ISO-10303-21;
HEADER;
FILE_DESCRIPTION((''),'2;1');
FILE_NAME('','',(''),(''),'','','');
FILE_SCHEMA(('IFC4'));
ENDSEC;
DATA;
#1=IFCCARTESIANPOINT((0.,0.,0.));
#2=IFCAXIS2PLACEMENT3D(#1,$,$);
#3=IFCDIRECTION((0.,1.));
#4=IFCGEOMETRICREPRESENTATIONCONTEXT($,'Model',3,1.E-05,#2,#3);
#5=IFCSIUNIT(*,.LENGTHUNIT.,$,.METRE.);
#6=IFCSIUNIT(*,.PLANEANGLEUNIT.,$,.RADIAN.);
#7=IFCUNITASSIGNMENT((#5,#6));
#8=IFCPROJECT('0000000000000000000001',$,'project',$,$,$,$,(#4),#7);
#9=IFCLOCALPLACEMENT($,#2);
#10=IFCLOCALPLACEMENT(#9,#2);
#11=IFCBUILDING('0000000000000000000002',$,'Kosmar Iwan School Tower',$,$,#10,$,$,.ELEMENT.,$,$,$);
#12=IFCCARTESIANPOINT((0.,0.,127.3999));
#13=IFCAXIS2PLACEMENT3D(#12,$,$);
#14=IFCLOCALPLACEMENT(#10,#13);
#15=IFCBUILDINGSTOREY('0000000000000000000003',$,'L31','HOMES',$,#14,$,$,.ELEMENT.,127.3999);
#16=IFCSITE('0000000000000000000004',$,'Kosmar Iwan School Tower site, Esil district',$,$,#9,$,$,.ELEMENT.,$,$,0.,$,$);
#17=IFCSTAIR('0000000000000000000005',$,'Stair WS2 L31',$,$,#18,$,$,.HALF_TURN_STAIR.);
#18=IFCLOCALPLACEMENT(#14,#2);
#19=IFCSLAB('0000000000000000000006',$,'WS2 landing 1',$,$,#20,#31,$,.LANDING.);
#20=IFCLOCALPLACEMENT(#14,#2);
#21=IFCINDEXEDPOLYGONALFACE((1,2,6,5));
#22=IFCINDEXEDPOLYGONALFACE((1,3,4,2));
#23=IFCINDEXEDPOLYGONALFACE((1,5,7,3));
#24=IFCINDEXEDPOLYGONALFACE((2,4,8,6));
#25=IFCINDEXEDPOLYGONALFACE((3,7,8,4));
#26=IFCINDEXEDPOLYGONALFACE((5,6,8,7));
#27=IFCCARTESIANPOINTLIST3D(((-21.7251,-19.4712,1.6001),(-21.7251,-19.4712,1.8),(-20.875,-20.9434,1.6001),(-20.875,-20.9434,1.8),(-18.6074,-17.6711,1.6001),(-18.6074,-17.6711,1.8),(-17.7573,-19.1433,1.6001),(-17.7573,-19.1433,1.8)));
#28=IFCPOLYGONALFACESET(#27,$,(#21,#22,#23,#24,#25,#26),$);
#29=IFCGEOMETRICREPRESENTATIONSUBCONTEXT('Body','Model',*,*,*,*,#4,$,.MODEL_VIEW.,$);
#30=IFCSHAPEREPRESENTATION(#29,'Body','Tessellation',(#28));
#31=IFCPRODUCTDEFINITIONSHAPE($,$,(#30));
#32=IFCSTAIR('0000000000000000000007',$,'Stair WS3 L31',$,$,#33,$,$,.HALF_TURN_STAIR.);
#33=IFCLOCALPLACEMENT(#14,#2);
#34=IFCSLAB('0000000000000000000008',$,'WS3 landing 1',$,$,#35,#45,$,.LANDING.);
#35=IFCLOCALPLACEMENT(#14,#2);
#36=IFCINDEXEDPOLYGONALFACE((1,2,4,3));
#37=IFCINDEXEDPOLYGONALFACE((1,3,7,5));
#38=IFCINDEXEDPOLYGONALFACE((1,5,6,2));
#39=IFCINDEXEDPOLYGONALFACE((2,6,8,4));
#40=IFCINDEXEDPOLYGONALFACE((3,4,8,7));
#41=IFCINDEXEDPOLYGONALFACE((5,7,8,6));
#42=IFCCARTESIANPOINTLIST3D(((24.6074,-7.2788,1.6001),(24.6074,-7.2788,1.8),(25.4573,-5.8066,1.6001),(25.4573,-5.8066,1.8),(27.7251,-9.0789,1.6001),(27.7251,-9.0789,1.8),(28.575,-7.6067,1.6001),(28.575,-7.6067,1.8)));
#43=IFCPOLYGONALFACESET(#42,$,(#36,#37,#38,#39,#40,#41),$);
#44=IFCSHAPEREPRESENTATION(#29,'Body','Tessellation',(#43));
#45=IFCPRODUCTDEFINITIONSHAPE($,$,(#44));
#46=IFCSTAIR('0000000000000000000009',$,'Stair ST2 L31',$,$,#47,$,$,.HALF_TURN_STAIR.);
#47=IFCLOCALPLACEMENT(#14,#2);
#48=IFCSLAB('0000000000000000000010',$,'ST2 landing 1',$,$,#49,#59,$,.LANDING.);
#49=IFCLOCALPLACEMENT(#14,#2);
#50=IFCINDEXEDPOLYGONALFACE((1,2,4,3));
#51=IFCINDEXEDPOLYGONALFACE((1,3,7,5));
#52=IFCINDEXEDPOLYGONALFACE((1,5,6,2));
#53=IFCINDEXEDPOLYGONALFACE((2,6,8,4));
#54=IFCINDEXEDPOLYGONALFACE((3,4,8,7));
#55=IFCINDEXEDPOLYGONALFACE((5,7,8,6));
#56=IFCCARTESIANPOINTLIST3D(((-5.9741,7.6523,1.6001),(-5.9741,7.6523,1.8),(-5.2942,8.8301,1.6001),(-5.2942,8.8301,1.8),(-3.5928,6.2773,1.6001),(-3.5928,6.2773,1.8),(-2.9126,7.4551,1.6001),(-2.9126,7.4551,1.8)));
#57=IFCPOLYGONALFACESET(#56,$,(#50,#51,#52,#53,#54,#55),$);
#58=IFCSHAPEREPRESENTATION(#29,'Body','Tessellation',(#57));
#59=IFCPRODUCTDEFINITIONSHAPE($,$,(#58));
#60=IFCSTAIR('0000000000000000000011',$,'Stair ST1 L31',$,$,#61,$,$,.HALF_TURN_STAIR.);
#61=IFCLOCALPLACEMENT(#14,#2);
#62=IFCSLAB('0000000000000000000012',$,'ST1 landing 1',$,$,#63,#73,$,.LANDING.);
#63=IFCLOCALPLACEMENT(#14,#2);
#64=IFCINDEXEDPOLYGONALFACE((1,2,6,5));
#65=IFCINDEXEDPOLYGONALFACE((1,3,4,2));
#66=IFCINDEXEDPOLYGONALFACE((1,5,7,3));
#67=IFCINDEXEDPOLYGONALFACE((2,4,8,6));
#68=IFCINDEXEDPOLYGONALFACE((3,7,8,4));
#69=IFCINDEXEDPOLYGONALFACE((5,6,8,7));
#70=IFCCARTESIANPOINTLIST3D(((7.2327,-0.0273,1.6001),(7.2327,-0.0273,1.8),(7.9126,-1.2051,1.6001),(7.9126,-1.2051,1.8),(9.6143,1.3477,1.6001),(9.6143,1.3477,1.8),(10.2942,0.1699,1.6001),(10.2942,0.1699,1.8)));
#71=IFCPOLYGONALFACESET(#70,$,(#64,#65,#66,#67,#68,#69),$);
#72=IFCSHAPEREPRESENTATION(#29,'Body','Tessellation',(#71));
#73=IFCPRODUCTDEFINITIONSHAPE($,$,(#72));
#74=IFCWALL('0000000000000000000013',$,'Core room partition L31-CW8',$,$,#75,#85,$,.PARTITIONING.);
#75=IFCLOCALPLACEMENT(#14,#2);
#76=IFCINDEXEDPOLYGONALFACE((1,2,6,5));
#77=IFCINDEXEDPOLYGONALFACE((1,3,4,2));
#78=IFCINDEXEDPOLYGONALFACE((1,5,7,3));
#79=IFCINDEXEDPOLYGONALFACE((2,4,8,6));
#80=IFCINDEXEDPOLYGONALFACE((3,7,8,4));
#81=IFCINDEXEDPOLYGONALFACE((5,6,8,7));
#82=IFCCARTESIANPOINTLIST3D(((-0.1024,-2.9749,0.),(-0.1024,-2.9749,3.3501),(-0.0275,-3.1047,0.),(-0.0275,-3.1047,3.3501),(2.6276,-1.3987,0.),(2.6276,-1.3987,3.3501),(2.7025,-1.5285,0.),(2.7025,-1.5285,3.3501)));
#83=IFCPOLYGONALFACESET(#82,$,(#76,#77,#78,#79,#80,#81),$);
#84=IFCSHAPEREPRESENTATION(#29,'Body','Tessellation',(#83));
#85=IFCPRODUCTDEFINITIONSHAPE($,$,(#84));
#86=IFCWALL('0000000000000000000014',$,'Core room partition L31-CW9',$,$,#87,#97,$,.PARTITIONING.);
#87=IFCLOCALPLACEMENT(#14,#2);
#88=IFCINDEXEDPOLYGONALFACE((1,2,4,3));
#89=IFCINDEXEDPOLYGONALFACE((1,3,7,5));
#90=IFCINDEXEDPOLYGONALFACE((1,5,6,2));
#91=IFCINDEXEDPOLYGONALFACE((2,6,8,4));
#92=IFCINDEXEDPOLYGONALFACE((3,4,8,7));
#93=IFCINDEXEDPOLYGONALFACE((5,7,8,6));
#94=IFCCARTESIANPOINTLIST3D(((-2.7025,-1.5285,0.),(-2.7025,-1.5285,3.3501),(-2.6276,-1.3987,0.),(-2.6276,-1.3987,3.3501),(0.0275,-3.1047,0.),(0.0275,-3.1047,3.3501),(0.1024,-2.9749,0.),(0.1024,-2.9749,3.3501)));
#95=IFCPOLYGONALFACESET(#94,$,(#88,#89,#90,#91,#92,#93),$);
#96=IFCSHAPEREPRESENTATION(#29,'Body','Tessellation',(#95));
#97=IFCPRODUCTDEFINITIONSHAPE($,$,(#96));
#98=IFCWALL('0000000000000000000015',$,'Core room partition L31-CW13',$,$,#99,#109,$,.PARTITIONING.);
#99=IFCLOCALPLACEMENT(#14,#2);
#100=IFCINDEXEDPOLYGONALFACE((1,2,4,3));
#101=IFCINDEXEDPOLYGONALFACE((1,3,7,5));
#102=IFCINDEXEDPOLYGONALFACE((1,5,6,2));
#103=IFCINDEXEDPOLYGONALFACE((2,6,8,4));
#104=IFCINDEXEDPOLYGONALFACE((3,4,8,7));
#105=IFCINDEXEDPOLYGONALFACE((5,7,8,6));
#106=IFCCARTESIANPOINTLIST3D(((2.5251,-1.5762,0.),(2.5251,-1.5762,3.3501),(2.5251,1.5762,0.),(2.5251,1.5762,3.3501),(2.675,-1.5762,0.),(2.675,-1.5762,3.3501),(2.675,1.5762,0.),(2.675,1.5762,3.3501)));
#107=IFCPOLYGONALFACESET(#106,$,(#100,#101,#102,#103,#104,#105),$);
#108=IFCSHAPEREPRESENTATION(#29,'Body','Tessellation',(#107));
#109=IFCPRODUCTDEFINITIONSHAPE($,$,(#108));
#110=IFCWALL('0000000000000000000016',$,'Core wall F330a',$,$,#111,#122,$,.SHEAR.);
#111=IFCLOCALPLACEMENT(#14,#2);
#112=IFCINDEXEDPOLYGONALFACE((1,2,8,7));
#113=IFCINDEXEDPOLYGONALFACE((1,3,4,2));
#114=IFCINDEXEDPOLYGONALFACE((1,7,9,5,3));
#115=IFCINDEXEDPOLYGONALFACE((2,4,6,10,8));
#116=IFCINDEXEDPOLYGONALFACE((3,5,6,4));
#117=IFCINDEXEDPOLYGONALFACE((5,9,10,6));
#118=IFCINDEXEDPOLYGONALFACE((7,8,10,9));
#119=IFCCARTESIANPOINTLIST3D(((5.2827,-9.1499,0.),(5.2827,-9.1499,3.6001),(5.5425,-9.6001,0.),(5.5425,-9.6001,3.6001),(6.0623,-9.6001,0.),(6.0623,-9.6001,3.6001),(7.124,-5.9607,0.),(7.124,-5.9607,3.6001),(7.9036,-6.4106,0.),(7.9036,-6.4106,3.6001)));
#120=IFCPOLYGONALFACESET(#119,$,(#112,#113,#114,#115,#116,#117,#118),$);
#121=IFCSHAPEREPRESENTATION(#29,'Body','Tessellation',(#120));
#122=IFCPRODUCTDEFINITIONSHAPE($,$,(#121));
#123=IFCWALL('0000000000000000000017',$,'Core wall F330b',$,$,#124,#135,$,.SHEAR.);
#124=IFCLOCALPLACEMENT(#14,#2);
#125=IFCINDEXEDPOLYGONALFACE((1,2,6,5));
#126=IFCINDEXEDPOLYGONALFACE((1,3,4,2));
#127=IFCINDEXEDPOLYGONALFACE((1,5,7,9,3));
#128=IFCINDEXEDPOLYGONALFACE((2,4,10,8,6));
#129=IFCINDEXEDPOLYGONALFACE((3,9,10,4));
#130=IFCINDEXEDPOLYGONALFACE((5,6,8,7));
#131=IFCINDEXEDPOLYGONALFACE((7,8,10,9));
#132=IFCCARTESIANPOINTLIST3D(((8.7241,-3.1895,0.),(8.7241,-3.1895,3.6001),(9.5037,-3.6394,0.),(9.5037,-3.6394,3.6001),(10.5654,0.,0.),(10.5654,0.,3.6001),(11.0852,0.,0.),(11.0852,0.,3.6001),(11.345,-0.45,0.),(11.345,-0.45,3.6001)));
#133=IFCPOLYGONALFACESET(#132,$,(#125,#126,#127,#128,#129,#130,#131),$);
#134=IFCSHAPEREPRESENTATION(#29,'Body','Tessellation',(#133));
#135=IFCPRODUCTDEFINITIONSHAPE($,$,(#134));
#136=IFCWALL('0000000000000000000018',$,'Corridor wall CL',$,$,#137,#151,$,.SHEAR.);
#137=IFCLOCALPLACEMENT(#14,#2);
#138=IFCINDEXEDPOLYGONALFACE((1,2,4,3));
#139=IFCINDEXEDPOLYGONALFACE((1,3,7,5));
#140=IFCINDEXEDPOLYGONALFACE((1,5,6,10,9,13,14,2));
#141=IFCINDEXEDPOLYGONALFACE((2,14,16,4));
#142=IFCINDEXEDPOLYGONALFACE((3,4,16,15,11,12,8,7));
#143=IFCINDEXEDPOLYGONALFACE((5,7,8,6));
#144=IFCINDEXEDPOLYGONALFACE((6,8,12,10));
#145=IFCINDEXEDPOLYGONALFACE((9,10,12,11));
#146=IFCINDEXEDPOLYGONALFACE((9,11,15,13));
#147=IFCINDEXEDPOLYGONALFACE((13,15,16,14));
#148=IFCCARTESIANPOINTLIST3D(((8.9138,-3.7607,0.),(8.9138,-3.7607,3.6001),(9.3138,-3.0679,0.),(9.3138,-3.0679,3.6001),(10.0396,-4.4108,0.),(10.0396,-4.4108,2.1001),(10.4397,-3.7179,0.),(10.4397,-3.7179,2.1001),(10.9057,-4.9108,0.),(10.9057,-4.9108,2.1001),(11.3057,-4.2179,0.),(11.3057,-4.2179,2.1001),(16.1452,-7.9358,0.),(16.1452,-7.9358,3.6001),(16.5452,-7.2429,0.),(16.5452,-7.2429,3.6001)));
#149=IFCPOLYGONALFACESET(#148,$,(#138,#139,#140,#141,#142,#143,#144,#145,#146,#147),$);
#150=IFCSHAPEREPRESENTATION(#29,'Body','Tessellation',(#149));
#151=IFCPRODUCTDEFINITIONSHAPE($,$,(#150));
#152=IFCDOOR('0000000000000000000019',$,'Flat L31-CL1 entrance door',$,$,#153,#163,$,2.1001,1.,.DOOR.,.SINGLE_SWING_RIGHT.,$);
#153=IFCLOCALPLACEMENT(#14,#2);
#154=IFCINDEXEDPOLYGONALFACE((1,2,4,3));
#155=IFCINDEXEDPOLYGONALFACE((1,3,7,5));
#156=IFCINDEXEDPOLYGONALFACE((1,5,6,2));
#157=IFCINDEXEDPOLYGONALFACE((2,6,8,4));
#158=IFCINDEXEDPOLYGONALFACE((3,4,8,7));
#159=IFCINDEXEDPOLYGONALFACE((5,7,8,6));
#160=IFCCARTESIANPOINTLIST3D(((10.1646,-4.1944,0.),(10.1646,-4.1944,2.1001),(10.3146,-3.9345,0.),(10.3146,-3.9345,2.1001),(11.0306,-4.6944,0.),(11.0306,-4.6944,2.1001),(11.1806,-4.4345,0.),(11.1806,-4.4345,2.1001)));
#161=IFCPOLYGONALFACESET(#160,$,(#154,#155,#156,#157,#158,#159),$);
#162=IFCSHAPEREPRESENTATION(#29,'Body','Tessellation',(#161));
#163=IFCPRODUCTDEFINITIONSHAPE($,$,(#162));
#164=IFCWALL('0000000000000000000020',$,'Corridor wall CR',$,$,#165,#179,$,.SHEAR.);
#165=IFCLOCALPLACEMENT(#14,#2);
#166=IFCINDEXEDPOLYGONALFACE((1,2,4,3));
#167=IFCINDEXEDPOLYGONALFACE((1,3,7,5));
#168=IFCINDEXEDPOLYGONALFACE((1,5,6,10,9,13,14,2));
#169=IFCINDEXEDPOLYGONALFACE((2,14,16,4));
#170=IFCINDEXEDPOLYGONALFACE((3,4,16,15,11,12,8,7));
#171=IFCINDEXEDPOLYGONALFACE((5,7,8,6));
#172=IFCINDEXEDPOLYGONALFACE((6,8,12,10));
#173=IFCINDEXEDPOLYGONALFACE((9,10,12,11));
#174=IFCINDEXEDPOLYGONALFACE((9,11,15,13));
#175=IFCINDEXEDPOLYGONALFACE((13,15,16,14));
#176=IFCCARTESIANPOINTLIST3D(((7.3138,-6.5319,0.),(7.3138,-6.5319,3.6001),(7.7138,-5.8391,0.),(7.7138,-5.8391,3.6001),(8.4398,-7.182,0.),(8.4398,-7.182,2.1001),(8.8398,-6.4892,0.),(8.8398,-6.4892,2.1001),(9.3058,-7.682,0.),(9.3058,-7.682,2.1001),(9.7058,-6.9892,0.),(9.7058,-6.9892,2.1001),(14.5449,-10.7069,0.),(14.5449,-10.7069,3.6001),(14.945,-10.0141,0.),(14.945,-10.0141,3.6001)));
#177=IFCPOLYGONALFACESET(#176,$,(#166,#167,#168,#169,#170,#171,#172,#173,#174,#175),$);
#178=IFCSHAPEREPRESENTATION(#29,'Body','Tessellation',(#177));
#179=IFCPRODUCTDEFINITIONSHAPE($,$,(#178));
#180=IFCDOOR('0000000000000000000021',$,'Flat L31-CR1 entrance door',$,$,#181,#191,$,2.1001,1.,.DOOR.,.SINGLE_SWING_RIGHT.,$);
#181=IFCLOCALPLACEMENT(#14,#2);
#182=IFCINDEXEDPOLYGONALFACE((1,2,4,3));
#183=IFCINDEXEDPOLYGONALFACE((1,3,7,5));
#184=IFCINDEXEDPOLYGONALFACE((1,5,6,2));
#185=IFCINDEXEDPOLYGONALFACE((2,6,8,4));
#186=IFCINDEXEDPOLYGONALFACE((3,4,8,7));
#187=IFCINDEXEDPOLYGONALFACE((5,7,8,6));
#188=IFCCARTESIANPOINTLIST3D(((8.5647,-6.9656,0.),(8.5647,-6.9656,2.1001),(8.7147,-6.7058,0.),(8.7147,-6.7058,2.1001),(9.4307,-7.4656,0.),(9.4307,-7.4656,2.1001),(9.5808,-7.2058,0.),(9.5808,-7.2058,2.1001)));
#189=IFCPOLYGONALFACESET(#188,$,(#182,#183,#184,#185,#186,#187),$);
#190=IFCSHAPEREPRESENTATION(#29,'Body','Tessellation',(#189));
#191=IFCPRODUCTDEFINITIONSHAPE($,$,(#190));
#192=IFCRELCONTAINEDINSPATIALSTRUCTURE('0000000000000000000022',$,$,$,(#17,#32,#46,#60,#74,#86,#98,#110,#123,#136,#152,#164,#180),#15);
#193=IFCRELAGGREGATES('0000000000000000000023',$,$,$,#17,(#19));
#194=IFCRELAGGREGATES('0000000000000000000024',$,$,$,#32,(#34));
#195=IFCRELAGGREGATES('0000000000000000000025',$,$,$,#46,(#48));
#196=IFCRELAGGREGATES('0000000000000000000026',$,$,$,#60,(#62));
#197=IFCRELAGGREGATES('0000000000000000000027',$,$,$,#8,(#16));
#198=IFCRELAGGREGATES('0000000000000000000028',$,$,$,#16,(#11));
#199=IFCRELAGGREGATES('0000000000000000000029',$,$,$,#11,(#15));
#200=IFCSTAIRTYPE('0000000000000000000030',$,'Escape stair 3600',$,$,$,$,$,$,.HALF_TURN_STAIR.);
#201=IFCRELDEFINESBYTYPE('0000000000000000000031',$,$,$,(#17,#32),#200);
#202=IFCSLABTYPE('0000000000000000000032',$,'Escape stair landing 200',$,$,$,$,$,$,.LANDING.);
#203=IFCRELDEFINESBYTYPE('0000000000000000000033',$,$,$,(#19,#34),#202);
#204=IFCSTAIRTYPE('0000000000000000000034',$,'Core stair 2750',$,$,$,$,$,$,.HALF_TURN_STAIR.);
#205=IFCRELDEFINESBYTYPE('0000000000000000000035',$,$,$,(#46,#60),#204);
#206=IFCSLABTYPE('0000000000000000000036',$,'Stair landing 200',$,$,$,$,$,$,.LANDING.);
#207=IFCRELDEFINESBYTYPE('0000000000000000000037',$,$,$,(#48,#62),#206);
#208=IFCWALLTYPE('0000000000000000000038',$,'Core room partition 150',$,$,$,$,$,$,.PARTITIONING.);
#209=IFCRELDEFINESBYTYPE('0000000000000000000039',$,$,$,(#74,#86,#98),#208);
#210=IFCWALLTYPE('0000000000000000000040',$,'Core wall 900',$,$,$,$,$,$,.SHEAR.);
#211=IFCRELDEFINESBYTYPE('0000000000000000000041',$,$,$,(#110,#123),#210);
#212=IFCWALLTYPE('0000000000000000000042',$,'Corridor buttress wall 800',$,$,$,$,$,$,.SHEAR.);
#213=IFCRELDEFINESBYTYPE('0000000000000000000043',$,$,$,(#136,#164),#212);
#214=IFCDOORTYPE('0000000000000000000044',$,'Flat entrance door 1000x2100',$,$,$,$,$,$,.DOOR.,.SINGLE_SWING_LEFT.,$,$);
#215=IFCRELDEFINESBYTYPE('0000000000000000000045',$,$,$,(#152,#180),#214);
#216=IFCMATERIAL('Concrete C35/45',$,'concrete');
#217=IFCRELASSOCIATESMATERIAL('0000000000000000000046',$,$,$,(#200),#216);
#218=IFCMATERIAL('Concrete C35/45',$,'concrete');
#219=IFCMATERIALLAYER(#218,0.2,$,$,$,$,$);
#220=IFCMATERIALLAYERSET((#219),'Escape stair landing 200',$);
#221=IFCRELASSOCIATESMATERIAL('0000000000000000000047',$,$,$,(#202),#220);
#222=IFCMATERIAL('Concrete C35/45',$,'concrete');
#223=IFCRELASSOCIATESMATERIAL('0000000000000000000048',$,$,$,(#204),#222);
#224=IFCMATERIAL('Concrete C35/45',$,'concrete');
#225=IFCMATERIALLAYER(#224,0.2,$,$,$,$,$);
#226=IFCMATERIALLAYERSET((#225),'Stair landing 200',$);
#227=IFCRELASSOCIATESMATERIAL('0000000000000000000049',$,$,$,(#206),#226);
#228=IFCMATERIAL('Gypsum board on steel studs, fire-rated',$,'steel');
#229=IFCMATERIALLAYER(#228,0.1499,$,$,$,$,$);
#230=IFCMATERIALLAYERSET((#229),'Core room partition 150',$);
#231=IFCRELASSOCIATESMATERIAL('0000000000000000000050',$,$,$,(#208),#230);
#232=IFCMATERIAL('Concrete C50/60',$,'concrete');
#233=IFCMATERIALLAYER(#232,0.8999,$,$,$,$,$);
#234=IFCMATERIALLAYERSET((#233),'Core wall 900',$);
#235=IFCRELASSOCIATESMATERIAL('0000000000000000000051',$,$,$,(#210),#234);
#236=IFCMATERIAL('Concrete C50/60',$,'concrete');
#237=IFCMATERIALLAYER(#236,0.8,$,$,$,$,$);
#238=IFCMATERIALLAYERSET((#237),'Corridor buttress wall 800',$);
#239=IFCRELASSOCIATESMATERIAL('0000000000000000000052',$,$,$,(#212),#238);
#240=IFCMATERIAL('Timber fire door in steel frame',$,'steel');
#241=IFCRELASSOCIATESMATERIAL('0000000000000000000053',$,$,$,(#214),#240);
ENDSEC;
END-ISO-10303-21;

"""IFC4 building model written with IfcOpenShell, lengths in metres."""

from ifc_helpers import new_model, si_unit, direction, frame, frame_2d, origin, place, context, subcontext, project, spatial, polyline, rectangle, outline, extrude, material, layer, layer_set, type_object, element, fill, aggregate, save


model = new_model("IFC4")

# Units and contexts
model_context = context("Model", 3, precision=1e-05, world=origin(), true_north=direction((0.0, 1.0)))
body_context = subcontext(model_context, "Body", "Model", "MODEL_VIEW")
ifc_project = project(units=[si_unit("LENGTHUNIT", "METRE"), si_unit("PLANEANGLEUNIT", "RADIAN")], contexts=[model_context])

# Site, building, storey
site_placement = place(None, origin())
site = spatial("IfcSite", under=ifc_project, at=site_placement, Name="Kosmar Iwan School Tower site, Esil district", CompositionType="ELEMENT", RefElevation=0.0)
building_placement = place(site_placement, origin())
building = spatial("IfcBuilding", under=site, at=building_placement, Name="Kosmar Iwan School Tower", CompositionType="ELEMENT")
storey_placement = place(building_placement, frame((0.0, 0.0, 127.3999)))
storey = spatial("IfcBuildingStorey", under=building, at=storey_placement, Name="L31", Description="HOMES", CompositionType="ELEMENT", Elevation=127.3999)

# Stairs, slabs
ifc_material_1 = material(Name="Concrete C35/45", Category="concrete")
stair_type_1 = type_object("IfcStairType", Name="Escape stair 3600", PredefinedType="HALF_TURN_STAIR", material=ifc_material_1)
stair_1_placement = place(storey_placement, origin())
stair_1 = element("IfcStair", 1, at=stair_1_placement, inside=storey, type_object=stair_type_1, Name="Stair WS2 L31", PredefinedType="HALF_TURN_STAIR")
ifc_material_2 = material(Name="Concrete C35/45", Category="concrete")
ifc_layer_1 = layer(ifc_material_2, 0.2)
ifc_layer_set_1 = layer_set([ifc_layer_1], Name="Escape stair landing 200")
slab_type_1 = type_object("IfcSlabType", Name="Escape stair landing 200", PredefinedType="LANDING", material=ifc_layer_set_1)
slab_1_placement = place(storey_placement, frame((0.0, 0.0, 1.6001)))
slab_1 = element("IfcSlab", 2, at=slab_1_placement, type_object=slab_type_1, Name="WS2 landing 1", PredefinedType="LANDING", context=body_context, shape_type="SweptSolid", body=[
    extrude(outline(polyline([(-18.6074, -17.6711), (-21.7251, -19.4712), (-20.875, -20.9434), (-17.7573, -19.1433), (-18.6074, -17.6711)])), origin(), (0.0, 0.0, 1.0), 0.2),
])
aggregate(stair_1, [slab_1])
stair_2_placement = place(storey_placement, origin())
stair_2 = element("IfcStair", 3, at=stair_2_placement, inside=storey, type_object=stair_type_1, Name="Stair WS3 L31", PredefinedType="HALF_TURN_STAIR")
slab_2_placement = place(storey_placement, frame((0.0, 0.0, 1.6001)))
slab_2 = element("IfcSlab", 4, at=slab_2_placement, type_object=slab_type_1, Name="WS3 landing 1", PredefinedType="LANDING", context=body_context, shape_type="SweptSolid", body=[
    extrude(outline(polyline([(24.6074, -7.2788), (27.7251, -9.0789), (28.575, -7.6067), (25.4573, -5.8066), (24.6074, -7.2788)])), origin(), (0.0, 0.0, 1.0), 0.2),
])
aggregate(stair_2, [slab_2])
ifc_material_3 = material(Name="Concrete C35/45", Category="concrete")
stair_type_2 = type_object("IfcStairType", Name="Core stair 2750", PredefinedType="HALF_TURN_STAIR", material=ifc_material_3)
stair_3_placement = place(storey_placement, origin())
stair_3 = element("IfcStair", 5, at=stair_3_placement, inside=storey, type_object=stair_type_2, Name="Stair ST2 L31", PredefinedType="HALF_TURN_STAIR")
ifc_material_4 = material(Name="Concrete C35/45", Category="concrete")
ifc_layer_2 = layer(ifc_material_4, 0.2)
ifc_layer_set_2 = layer_set([ifc_layer_2], Name="Stair landing 200")
slab_type_2 = type_object("IfcSlabType", Name="Stair landing 200", PredefinedType="LANDING", material=ifc_layer_set_2)
slab_3_placement = place(storey_placement, frame((0.0, 0.0, 1.6001)))
slab_3 = element("IfcSlab", 6, at=slab_3_placement, type_object=slab_type_2, Name="ST2 landing 1", PredefinedType="LANDING", context=body_context, shape_type="SweptSolid", body=[
    extrude(outline(polyline([(-2.9126, 7.4551), (-5.2942, 8.8301), (-5.9741, 7.6523), (-3.5928, 6.2773), (-2.9126, 7.4551)])), origin(), (0.0, 0.0, 1.0), 0.2),
])
aggregate(stair_3, [slab_3])
stair_4_placement = place(storey_placement, origin())
stair_4 = element("IfcStair", 7, at=stair_4_placement, inside=storey, type_object=stair_type_2, Name="Stair ST1 L31", PredefinedType="HALF_TURN_STAIR")
slab_4_placement = place(storey_placement, frame((0.0, 0.0, 1.6001)))
slab_4 = element("IfcSlab", 8, at=slab_4_placement, type_object=slab_type_2, Name="ST1 landing 1", PredefinedType="LANDING", context=body_context, shape_type="SweptSolid", body=[
    extrude(outline(polyline([(7.9126, -1.2051), (10.2942, 0.1699), (9.6143, 1.3477), (7.2327, -0.0273), (7.9126, -1.2051)])), origin(), (0.0, 0.0, 1.0), 0.2),
])

# Walls
ifc_material_5 = material(Name="Gypsum board on steel studs, fire-rated", Category="steel")
ifc_layer_3 = layer(ifc_material_5, 0.1499)
ifc_layer_set_3 = layer_set([ifc_layer_3], Name="Core room partition 150")
wall_type_1 = type_object("IfcWallType", Name="Core room partition 150", PredefinedType="PARTITIONING", material=ifc_layer_set_3)
for number, where, z_axis, x_axis, name in (
    (9, (2.665, -1.4636, 0.0), (0.0, 0.0, 1.0), (-0.866023, -0.500004, 0.0), "Core room partition L31-CW8"),
    (10, (0.0649, -3.0398, 0.0), (0.0, 0.0, 1.0), (-0.866023, 0.500004, 0.0), "Core room partition L31-CW9"),
    (11, (2.6001, 1.5762, 0.0), (0.0, 0.0, 1.0), (0.0, -1.0, 0.0), "Core room partition L31-CW13"),
):
    element("IfcWall", number, at=place(storey_placement, frame(where, z_axis=z_axis, x_axis=x_axis)), inside=storey, type_object=wall_type_1, Name=name, PredefinedType="PARTITIONING", context=body_context, shape_type="SweptSolid", body=[
        extrude(rectangle(XDim=3.1523, YDim=0.1499, at=frame_2d((1.5762, 0.0))), origin(), (0.0, 0.0, 1.0), 3.3501),
    ])
ifc_material_6 = material(Name="Concrete C50/60", Category="concrete")
ifc_layer_4 = layer(ifc_material_6, 0.8999)
ifc_layer_set_4 = layer_set([ifc_layer_4], Name="Core wall 900")
wall_type_2 = type_object("IfcWallType", Name="Core wall 900", PredefinedType="SHEAR", material=ifc_layer_set_4)
wall_1_placement = place(storey_placement, origin())
element("IfcWall", 12, at=wall_1_placement, inside=storey, type_object=wall_type_2, Name="Core wall F330a", PredefinedType="SHEAR", context=body_context, shape_type="SweptSolid", body=[
    extrude(outline(polyline([(5.5425, -9.6001), (6.0623, -9.6001), (7.9036, -6.4106), (7.124, -5.9607), (5.2827, -9.1499), (5.5425, -9.6001)])), origin(), (0.0, 0.0, 1.0), 3.6001),
])
wall_2_placement = place(storey_placement, origin())
element("IfcWall", 13, at=wall_2_placement, inside=storey, type_object=wall_type_2, Name="Core wall F330b", PredefinedType="SHEAR", context=body_context, shape_type="SweptSolid", body=[
    extrude(outline(polyline([(9.5037, -3.6394), (11.345, -0.45), (11.0852, 0.0), (10.5654, 0.0), (8.7241, -3.1895), (9.5037, -3.6394)])), origin(), (0.0, 0.0, 1.0), 3.6001),
])

# Walls, openings, doors
ifc_material_7 = material(Name="Concrete C50/60", Category="concrete")
ifc_layer_5 = layer(ifc_material_7, 0.8)
ifc_layer_set_5 = layer_set([ifc_layer_5], Name="Corridor buttress wall 800")
wall_type_3 = type_object("IfcWallType", Name="Corridor buttress wall 800", PredefinedType="SHEAR", material=ifc_layer_set_5)
wall_3_placement = place(storey_placement, frame((9.1138, -3.4143, 0.0), z_axis=(0.0, 0.0, 1.0), x_axis=(0.866027, -0.499997, 0.0)))
wall_3 = element("IfcWall", 14, at=wall_3_placement, inside=storey, type_object=wall_type_3, Name="Corridor wall CL", PredefinedType="SHEAR", context=body_context, shape_type="SweptSolid", body=[
    extrude(rectangle(XDim=8.3501, YDim=0.8, at=frame_2d((4.175, 0.0))), origin(), (0.0, 0.0, 1.0), 3.6001),
])
opening_1_placement = place(wall_3_placement, frame((1.3, 0.0, 0.0)))
opening_1 = element("IfcOpeningElement", 15, at=opening_1_placement, cuts=wall_3, PredefinedType="OPENING", context=body_context, shape_type="SweptSolid", body=[
    extrude(rectangle(XDim=1.0, YDim=2.1001, at=frame_2d((0.5, 1.05))), frame((0.0, 0.4121, 0.0), z_axis=(0.0, -1.0, 0.0), x_axis=(1.0, 0.0, 0.0)), (0.0, 0.0, 1.0), 0.824),
])
ifc_material_8 = material(Name="Timber fire door in steel frame", Category="steel")
door_type_1 = type_object("IfcDoorType", Name="Flat entrance door 1000x2100", OperationType="SINGLE_SWING_LEFT", PredefinedType="DOOR", material=ifc_material_8)
door_1_placement = place(opening_1_placement, origin())
door_1 = element("IfcDoor", 16, at=door_1_placement, inside=storey, type_object=door_type_1, Name="Flat L31-CL1 entrance door", OperationType="SINGLE_SWING_RIGHT", OverallHeight=2.1001, OverallWidth=1.0, PredefinedType="DOOR", context=body_context, shape_type="SweptSolid", body=[
    extrude(rectangle(XDim=1.0, YDim=2.1001, at=frame_2d((0.5, 1.05))), frame((0.0, 0.1499, 0.0), z_axis=(0.0, -1.0, 0.0), x_axis=(1.0, 0.0, 0.0)), (0.0, 0.0, 1.0), 0.3),
])
fill(opening_1, door_1)
wall_4_placement = place(storey_placement, frame((7.5139, -6.1855, 0.0), z_axis=(0.0, 0.0, 1.0), x_axis=(0.86602, -0.50001, 0.0)))
wall_4 = element("IfcWall", 17, at=wall_4_placement, inside=storey, type_object=wall_type_3, Name="Corridor wall CR", PredefinedType="SHEAR", context=body_context, shape_type="SweptSolid", body=[
    extrude(rectangle(XDim=8.3499, YDim=0.8, at=frame_2d((4.1748, 0.0))), origin(), (0.0, 0.0, 1.0), 3.6001),
])
opening_2_placement = place(wall_4_placement, frame((1.3, 0.0, 0.0)))
opening_2 = element("IfcOpeningElement", 18, at=opening_2_placement, cuts=wall_4, PredefinedType="OPENING", context=body_context, shape_type="SweptSolid", body=[
    extrude(rectangle(XDim=1.0, YDim=2.1001, at=frame_2d((0.5, 1.05))), frame((0.0, 0.4121, 0.0), z_axis=(0.0, -1.0, 0.0), x_axis=(1.0, 0.0, 0.0)), (0.0, 0.0, 1.0), 0.824),
])
door_2_placement = place(opening_2_placement, origin())
door_2 = element("IfcDoor", 19, at=door_2_placement, inside=storey, type_object=door_type_1, Name="Flat L31-CR1 entrance door", OperationType="SINGLE_SWING_RIGHT", OverallHeight=2.1001, OverallWidth=1.0, PredefinedType="DOOR", context=body_context, shape_type="SweptSolid", body=[
    extrude(rectangle(XDim=1.0, YDim=2.1001, at=frame_2d((0.5, 1.05))), frame((0.0, 0.1499, 0.0), z_axis=(0.0, -1.0, 0.0), x_axis=(1.0, 0.0, 0.0)), (0.0, 0.0, 1.0), 0.3),
])
fill(opening_2, door_2)

aggregate(stair_4, [slab_4])

save(model, "model.ifc")
